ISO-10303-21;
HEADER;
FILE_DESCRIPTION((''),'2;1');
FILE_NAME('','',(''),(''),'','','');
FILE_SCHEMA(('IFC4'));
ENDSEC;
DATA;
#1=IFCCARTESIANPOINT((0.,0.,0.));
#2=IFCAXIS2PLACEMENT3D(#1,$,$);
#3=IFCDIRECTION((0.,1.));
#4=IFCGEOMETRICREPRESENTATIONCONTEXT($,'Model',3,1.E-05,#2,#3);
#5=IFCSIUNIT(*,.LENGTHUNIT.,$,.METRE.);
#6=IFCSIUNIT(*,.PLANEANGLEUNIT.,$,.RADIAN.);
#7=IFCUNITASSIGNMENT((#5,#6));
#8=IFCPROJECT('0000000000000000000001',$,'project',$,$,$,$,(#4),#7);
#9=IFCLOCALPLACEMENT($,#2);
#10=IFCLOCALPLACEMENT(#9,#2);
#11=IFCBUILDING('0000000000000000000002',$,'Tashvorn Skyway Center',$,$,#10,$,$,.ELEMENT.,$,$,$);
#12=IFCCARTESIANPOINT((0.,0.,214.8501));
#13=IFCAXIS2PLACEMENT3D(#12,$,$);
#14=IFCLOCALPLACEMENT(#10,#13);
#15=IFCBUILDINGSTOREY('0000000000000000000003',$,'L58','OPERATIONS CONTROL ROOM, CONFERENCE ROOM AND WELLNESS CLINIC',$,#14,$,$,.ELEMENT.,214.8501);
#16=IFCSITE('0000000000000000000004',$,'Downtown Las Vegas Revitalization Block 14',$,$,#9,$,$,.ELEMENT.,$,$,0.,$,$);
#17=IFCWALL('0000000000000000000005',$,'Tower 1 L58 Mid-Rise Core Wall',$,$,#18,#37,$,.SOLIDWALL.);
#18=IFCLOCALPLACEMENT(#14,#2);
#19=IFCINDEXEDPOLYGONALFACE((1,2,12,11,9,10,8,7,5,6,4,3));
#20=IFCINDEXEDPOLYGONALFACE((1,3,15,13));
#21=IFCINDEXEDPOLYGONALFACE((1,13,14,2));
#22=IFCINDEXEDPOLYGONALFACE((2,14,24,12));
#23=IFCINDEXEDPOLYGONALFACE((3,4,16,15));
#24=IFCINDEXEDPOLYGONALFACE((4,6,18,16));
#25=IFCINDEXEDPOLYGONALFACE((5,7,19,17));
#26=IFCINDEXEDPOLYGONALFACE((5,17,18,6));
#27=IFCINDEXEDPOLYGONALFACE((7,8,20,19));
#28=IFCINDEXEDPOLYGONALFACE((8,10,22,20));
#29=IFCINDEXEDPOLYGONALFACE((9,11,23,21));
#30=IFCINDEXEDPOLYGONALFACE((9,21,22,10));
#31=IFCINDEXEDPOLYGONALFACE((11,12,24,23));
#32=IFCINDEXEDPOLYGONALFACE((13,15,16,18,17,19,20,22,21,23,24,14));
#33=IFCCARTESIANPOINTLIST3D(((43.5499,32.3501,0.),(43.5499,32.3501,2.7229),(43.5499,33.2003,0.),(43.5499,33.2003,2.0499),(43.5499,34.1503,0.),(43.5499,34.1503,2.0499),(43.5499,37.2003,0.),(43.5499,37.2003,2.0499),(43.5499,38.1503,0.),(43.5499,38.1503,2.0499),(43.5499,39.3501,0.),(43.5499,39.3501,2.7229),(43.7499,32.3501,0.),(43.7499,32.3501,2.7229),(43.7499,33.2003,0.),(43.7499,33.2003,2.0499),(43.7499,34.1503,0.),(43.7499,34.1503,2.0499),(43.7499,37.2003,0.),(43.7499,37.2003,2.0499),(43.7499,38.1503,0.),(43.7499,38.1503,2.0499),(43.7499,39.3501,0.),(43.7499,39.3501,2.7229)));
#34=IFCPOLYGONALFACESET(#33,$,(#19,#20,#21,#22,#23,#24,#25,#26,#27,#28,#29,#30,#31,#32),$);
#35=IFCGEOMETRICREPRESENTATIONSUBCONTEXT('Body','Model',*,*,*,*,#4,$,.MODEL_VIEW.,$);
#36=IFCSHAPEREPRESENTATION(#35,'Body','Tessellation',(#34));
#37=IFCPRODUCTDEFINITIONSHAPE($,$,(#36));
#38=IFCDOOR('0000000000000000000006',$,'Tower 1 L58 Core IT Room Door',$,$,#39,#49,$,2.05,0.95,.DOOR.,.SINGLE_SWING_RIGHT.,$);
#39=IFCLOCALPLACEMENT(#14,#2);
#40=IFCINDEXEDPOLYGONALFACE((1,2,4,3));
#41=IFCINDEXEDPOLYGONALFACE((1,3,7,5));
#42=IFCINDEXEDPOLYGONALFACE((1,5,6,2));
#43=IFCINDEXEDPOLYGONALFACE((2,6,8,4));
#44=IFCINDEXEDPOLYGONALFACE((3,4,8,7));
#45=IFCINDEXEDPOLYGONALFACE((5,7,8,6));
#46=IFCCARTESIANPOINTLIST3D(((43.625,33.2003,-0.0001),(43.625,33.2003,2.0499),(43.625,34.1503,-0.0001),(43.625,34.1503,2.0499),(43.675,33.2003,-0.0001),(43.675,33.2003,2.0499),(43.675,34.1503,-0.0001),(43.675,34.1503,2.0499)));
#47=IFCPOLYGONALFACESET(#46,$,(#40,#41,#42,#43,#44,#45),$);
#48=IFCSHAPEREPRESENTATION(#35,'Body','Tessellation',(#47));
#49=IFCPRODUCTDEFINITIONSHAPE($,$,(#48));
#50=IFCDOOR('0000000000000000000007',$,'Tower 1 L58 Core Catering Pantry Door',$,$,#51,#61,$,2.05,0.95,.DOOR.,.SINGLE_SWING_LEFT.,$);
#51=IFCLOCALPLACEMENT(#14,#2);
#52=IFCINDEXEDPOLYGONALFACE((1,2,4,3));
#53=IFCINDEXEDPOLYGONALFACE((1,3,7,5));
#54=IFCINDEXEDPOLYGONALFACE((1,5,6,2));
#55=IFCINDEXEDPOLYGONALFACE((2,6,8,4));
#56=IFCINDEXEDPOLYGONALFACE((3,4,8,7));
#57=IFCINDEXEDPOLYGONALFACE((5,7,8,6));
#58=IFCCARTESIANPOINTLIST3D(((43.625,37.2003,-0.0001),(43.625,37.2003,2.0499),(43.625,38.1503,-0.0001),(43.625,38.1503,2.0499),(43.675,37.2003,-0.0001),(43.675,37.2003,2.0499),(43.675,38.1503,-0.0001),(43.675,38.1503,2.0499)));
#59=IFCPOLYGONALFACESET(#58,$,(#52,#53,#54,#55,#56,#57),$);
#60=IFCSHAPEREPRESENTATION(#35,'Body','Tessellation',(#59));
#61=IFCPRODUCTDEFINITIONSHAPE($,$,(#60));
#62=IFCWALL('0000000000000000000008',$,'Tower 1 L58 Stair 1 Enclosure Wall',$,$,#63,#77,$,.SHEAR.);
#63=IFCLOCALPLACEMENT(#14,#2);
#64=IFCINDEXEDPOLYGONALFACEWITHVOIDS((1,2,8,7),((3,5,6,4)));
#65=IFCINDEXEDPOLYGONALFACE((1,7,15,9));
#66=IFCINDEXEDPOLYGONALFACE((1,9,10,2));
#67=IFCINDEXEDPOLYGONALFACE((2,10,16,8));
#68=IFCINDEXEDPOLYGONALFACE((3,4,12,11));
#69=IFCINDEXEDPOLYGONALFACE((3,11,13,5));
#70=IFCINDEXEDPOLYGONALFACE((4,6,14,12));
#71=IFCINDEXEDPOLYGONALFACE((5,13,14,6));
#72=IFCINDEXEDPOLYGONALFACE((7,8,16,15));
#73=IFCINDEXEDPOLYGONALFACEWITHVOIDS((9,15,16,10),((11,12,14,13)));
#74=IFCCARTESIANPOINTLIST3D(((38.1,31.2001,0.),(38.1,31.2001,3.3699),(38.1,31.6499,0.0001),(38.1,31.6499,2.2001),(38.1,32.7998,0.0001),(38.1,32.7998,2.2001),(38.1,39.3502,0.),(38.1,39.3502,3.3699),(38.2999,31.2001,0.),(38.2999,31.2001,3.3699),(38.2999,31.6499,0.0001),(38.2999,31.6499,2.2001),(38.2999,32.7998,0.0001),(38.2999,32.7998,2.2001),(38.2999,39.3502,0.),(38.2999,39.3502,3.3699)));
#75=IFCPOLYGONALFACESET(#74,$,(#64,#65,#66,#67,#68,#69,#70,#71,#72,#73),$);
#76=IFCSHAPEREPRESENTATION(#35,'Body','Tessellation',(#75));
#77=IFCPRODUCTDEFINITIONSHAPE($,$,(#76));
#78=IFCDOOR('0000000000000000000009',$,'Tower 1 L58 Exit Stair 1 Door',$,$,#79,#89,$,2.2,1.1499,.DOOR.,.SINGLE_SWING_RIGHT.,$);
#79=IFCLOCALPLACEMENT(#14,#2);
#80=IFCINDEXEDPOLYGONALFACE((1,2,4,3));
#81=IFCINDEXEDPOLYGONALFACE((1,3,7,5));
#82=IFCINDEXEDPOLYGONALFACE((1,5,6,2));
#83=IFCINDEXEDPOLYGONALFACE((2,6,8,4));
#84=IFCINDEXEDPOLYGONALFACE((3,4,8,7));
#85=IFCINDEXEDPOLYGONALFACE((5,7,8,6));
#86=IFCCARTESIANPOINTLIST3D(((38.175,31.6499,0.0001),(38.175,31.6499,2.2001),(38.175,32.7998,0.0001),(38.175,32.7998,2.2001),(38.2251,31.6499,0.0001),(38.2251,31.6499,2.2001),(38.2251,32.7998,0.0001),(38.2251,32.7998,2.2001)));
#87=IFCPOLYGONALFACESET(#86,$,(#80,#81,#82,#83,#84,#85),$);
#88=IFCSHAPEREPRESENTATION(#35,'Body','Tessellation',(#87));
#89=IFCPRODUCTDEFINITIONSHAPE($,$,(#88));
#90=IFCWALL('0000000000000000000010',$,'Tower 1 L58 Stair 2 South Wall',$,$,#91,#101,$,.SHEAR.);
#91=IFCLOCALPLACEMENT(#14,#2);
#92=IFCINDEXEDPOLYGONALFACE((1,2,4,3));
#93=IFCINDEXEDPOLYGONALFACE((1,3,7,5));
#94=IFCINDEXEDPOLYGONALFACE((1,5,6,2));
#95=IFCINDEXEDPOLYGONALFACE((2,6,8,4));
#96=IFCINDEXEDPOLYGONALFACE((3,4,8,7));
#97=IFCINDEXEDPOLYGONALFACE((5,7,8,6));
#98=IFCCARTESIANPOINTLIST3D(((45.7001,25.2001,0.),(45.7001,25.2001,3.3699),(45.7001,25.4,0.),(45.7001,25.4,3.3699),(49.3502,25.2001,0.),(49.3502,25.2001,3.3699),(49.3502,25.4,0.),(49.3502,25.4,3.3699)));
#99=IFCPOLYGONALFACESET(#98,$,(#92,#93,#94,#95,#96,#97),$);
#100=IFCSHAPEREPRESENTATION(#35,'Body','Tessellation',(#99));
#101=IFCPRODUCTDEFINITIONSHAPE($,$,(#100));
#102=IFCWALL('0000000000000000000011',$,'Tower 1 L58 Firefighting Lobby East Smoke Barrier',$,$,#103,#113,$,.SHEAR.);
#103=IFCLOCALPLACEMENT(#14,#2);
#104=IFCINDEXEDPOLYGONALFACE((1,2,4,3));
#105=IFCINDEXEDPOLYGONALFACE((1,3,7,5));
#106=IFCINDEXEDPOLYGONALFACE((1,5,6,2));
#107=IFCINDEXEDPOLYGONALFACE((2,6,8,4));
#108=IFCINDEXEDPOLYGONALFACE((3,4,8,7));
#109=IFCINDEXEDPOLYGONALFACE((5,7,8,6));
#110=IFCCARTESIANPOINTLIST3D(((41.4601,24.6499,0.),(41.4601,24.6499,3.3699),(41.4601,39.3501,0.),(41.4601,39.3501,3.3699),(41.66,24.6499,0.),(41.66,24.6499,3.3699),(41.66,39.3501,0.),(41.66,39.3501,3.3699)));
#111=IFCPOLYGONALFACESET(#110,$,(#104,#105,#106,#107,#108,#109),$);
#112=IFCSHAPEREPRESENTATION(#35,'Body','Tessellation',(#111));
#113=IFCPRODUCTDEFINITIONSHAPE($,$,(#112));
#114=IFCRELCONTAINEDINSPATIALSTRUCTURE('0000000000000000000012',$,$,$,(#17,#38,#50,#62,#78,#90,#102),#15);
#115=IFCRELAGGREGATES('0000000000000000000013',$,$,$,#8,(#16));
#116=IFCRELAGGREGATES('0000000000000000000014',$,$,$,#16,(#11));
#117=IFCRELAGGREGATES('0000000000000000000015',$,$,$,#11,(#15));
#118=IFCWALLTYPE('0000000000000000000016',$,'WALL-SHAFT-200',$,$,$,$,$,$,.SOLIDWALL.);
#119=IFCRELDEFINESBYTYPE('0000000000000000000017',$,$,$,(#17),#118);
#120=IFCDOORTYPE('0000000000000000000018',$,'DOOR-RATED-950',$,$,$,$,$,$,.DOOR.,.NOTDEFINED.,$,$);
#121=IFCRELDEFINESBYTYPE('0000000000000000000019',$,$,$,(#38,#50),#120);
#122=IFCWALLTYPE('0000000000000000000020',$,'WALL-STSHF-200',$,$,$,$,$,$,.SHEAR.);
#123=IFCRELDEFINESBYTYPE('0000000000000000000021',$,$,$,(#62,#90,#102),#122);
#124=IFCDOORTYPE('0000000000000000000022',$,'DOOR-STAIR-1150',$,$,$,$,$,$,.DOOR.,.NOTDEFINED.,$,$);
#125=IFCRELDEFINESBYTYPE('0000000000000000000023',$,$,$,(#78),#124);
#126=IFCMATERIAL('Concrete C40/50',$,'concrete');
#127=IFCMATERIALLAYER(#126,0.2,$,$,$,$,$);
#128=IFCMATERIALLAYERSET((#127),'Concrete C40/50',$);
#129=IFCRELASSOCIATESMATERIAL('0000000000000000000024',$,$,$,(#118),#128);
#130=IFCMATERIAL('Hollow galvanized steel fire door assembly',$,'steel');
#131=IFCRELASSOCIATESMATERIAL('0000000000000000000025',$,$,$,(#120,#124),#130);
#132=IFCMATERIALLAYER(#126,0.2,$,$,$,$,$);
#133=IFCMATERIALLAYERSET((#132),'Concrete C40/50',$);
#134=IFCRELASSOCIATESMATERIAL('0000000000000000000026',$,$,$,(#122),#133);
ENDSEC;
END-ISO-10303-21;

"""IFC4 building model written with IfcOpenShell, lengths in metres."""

from ifc_helpers import new_model, si_unit, direction, frame, frame_2d, origin, place, context, subcontext, project, spatial, rectangle, extrude, material, layer, layer_set, type_object, element, fill, save


model = new_model("IFC4")

# Units and contexts
model_context = context("Model", 3, precision=1e-05, world=origin(), true_north=direction((0.0, 1.0)))
body_context = subcontext(model_context, "Body", "Model", "MODEL_VIEW")
ifc_project = project(units=[si_unit("LENGTHUNIT", "METRE"), si_unit("PLANEANGLEUNIT", "RADIAN")], contexts=[model_context])

# Site, building, storey
site_placement = place(None, origin())
site = spatial("IfcSite", under=ifc_project, at=site_placement, Name="Downtown Las Vegas Revitalization Block 14", CompositionType="ELEMENT", RefElevation=0.0)
building_placement = place(site_placement, origin())
building = spatial("IfcBuilding", under=site, at=building_placement, Name="Tashvorn Skyway Center", CompositionType="ELEMENT")
storey_placement = place(building_placement, frame((0.0, 0.0, 214.8501)))
storey = spatial("IfcBuildingStorey", under=building, at=storey_placement, Name="L58", Description="OPERATIONS CONTROL ROOM, CONFERENCE ROOM AND WELLNESS CLINIC", CompositionType="ELEMENT", Elevation=214.8501)

# Shared definitions
ifc_material_1 = material(Name="Concrete C40/50", Category="concrete")
ifc_material_2 = material(Name="Hollow galvanized steel fire door assembly", Category="steel")

# Wall, openings, doors
ifc_layer_1 = layer(ifc_material_1, 0.2)
ifc_layer_set_1 = layer_set([ifc_layer_1], Name="Concrete C40/50")
wall_type_1 = type_object("IfcWallType", Name="WALL-SHAFT-200", PredefinedType="SOLIDWALL", material=ifc_layer_set_1)
door_type_1 = type_object("IfcDoorType", Name="DOOR-RATED-950", OperationType="NOTDEFINED", PredefinedType="DOOR", material=ifc_material_2)
wall_1_placement = place(storey_placement, frame((43.6499, 32.3501, 0.0), z_axis=(0.0, 0.0, 1.0), x_axis=(0.0, 1.0, 0.0)))
wall_1 = element("IfcWall", 1, at=wall_1_placement, inside=storey, type_object=wall_type_1, Name="Tower 1 L58 Mid-Rise Core Wall", PredefinedType="SOLIDWALL", context=body_context, shape_type="SweptSolid", body=[
    extrude(rectangle(XDim=7.0, YDim=0.2, at=frame_2d((3.5, 0.0))), origin(), (0.0, 0.0, 1.0), 2.7229),
])
opening_1_placement = place(wall_1_placement, frame((0.8501, 0.0, 0.0)))
opening_1 = element("IfcOpeningElement", 2, at=opening_1_placement, cuts=wall_1, PredefinedType="OPENING", context=body_context, shape_type="SweptSolid", body=[
    extrude(rectangle(XDim=0.95, YDim=2.05, at=frame_2d((0.4751, 1.0249))), frame((0.0, 0.1099, 0.0), z_axis=(0.0, -1.0, 0.0), x_axis=(1.0, 0.0, 0.0)), (0.0, 0.0, 1.0), 0.22),
])
opening_2_placement = place(wall_1_placement, frame((4.8501, 0.0, 0.0)))
opening_2 = element("IfcOpeningElement", 3, at=opening_2_placement, cuts=wall_1, PredefinedType="OPENING", context=body_context, shape_type="SweptSolid", body=[
    extrude(rectangle(XDim=0.95, YDim=2.05, at=frame_2d((0.4751, 1.0249))), frame((0.0, 0.1099, 0.0), z_axis=(0.0, -1.0, 0.0), x_axis=(1.0, 0.0, 0.0)), (0.0, 0.0, 1.0), 0.22),
])
door_1_placement = place(opening_1_placement, origin())
door_1 = element("IfcDoor", 4, at=door_1_placement, inside=storey, type_object=door_type_1, Name="Tower 1 L58 Core IT Room Door", OperationType="SINGLE_SWING_RIGHT", OverallHeight=2.05, OverallWidth=0.95, PredefinedType="DOOR", context=body_context, shape_type="SweptSolid", body=[
    extrude(rectangle(XDim=0.95, YDim=2.05, at=frame_2d((0.4751, 1.0249))), frame((0.0, 0.0249, 0.0), z_axis=(0.0, -1.0, 0.0), x_axis=(1.0, 0.0, 0.0)), (0.0, 0.0, 1.0), 0.05),
])
fill(opening_1, door_1)
door_2_placement = place(opening_2_placement, origin())
door_2 = element("IfcDoor", 5, at=door_2_placement, inside=storey, type_object=door_type_1, Name="Tower 1 L58 Core Catering Pantry Door", OperationType="SINGLE_SWING_LEFT", OverallHeight=2.05, OverallWidth=0.95, PredefinedType="DOOR", context=body_context, shape_type="SweptSolid", body=[
    extrude(rectangle(XDim=0.95, YDim=2.05, at=frame_2d((0.4751, 1.0249))), frame((0.0, 0.0249, 0.0), z_axis=(0.0, -1.0, 0.0), x_axis=(1.0, 0.0, 0.0)), (0.0, 0.0, 1.0), 0.05),
])
fill(opening_2, door_2)

# Wall, opening, door
ifc_layer_2 = layer(ifc_material_1, 0.2)
ifc_layer_set_2 = layer_set([ifc_layer_2], Name="Concrete C40/50")
wall_type_2 = type_object("IfcWallType", Name="WALL-STSHF-200", PredefinedType="SHEAR", material=ifc_layer_set_2)
wall_2_placement = place(storey_placement, frame((38.2, 31.2, 0.0), z_axis=(0.0, 0.0, 1.0), x_axis=(0.0, 1.0, 0.0)))
wall_2 = element("IfcWall", 6, at=wall_2_placement, inside=storey, type_object=wall_type_2, Name="Tower 1 L58 Stair 1 Enclosure Wall", PredefinedType="SHEAR", context=body_context, shape_type="SweptSolid", body=[
    extrude(rectangle(XDim=8.1501, YDim=0.2, at=frame_2d((4.0752, 0.0))), origin(), (0.0, 0.0, 1.0), 3.3699),
])
opening_3_placement = place(wall_2_placement, frame((0.45, 0.0, 0.0)))
opening_3 = element("IfcOpeningElement", 7, at=opening_3_placement, cuts=wall_2, PredefinedType="OPENING", context=body_context, shape_type="SweptSolid", body=[
    extrude(rectangle(XDim=1.1499, YDim=2.2, at=frame_2d((0.575, 1.1001))), frame((0.0, 0.1099, 0.0), z_axis=(0.0, -1.0, 0.0), x_axis=(1.0, 0.0, 0.0)), (0.0, 0.0, 1.0), 0.22),
])
door_type_2 = type_object("IfcDoorType", Name="DOOR-STAIR-1150", OperationType="NOTDEFINED", PredefinedType="DOOR", material=ifc_material_2)
door_3_placement = place(opening_3_placement, origin())
door_3 = element("IfcDoor", 8, at=door_3_placement, inside=storey, type_object=door_type_2, Name="Tower 1 L58 Exit Stair 1 Door", OperationType="SINGLE_SWING_RIGHT", OverallHeight=2.2, OverallWidth=1.1499, PredefinedType="DOOR", context=body_context, shape_type="SweptSolid", body=[
    extrude(rectangle(XDim=1.1499, YDim=2.2, at=frame_2d((0.575, 1.1001))), frame((0.0, 0.0249, 0.0), z_axis=(0.0, -1.0, 0.0), x_axis=(1.0, 0.0, 0.0)), (0.0, 0.0, 1.0), 0.05),
])
fill(opening_3, door_3)

# Walls
wall_3_placement = place(storey_placement, frame((45.7, 25.3, 0.0), z_axis=(0.0, 0.0, 1.0), x_axis=(1.0, 0.0, 0.0)))
element("IfcWall", 9, at=wall_3_placement, inside=storey, type_object=wall_type_2, Name="Tower 1 L58 Stair 2 South Wall", PredefinedType="SHEAR", context=body_context, shape_type="SweptSolid", body=[
    extrude(rectangle(XDim=3.6501, YDim=0.2, at=frame_2d((1.8252, 0.0))), origin(), (0.0, 0.0, 1.0), 3.3699),
])
wall_4_placement = place(storey_placement, frame((41.5601, 24.6499, 0.0), z_axis=(0.0, 0.0, 1.0), x_axis=(0.0, 1.0, 0.0)))
element("IfcWall", 10, at=wall_4_placement, inside=storey, type_object=wall_type_2, Name="Tower 1 L58 Firefighting Lobby East Smoke Barrier", PredefinedType="SHEAR", context=body_context, shape_type="SweptSolid", body=[
    extrude(rectangle(XDim=14.7002, YDim=0.2, at=frame_2d((7.3501, 0.0))), origin(), (0.0, 0.0, 1.0), 3.3699),
])

save(model, "model.ifc")
